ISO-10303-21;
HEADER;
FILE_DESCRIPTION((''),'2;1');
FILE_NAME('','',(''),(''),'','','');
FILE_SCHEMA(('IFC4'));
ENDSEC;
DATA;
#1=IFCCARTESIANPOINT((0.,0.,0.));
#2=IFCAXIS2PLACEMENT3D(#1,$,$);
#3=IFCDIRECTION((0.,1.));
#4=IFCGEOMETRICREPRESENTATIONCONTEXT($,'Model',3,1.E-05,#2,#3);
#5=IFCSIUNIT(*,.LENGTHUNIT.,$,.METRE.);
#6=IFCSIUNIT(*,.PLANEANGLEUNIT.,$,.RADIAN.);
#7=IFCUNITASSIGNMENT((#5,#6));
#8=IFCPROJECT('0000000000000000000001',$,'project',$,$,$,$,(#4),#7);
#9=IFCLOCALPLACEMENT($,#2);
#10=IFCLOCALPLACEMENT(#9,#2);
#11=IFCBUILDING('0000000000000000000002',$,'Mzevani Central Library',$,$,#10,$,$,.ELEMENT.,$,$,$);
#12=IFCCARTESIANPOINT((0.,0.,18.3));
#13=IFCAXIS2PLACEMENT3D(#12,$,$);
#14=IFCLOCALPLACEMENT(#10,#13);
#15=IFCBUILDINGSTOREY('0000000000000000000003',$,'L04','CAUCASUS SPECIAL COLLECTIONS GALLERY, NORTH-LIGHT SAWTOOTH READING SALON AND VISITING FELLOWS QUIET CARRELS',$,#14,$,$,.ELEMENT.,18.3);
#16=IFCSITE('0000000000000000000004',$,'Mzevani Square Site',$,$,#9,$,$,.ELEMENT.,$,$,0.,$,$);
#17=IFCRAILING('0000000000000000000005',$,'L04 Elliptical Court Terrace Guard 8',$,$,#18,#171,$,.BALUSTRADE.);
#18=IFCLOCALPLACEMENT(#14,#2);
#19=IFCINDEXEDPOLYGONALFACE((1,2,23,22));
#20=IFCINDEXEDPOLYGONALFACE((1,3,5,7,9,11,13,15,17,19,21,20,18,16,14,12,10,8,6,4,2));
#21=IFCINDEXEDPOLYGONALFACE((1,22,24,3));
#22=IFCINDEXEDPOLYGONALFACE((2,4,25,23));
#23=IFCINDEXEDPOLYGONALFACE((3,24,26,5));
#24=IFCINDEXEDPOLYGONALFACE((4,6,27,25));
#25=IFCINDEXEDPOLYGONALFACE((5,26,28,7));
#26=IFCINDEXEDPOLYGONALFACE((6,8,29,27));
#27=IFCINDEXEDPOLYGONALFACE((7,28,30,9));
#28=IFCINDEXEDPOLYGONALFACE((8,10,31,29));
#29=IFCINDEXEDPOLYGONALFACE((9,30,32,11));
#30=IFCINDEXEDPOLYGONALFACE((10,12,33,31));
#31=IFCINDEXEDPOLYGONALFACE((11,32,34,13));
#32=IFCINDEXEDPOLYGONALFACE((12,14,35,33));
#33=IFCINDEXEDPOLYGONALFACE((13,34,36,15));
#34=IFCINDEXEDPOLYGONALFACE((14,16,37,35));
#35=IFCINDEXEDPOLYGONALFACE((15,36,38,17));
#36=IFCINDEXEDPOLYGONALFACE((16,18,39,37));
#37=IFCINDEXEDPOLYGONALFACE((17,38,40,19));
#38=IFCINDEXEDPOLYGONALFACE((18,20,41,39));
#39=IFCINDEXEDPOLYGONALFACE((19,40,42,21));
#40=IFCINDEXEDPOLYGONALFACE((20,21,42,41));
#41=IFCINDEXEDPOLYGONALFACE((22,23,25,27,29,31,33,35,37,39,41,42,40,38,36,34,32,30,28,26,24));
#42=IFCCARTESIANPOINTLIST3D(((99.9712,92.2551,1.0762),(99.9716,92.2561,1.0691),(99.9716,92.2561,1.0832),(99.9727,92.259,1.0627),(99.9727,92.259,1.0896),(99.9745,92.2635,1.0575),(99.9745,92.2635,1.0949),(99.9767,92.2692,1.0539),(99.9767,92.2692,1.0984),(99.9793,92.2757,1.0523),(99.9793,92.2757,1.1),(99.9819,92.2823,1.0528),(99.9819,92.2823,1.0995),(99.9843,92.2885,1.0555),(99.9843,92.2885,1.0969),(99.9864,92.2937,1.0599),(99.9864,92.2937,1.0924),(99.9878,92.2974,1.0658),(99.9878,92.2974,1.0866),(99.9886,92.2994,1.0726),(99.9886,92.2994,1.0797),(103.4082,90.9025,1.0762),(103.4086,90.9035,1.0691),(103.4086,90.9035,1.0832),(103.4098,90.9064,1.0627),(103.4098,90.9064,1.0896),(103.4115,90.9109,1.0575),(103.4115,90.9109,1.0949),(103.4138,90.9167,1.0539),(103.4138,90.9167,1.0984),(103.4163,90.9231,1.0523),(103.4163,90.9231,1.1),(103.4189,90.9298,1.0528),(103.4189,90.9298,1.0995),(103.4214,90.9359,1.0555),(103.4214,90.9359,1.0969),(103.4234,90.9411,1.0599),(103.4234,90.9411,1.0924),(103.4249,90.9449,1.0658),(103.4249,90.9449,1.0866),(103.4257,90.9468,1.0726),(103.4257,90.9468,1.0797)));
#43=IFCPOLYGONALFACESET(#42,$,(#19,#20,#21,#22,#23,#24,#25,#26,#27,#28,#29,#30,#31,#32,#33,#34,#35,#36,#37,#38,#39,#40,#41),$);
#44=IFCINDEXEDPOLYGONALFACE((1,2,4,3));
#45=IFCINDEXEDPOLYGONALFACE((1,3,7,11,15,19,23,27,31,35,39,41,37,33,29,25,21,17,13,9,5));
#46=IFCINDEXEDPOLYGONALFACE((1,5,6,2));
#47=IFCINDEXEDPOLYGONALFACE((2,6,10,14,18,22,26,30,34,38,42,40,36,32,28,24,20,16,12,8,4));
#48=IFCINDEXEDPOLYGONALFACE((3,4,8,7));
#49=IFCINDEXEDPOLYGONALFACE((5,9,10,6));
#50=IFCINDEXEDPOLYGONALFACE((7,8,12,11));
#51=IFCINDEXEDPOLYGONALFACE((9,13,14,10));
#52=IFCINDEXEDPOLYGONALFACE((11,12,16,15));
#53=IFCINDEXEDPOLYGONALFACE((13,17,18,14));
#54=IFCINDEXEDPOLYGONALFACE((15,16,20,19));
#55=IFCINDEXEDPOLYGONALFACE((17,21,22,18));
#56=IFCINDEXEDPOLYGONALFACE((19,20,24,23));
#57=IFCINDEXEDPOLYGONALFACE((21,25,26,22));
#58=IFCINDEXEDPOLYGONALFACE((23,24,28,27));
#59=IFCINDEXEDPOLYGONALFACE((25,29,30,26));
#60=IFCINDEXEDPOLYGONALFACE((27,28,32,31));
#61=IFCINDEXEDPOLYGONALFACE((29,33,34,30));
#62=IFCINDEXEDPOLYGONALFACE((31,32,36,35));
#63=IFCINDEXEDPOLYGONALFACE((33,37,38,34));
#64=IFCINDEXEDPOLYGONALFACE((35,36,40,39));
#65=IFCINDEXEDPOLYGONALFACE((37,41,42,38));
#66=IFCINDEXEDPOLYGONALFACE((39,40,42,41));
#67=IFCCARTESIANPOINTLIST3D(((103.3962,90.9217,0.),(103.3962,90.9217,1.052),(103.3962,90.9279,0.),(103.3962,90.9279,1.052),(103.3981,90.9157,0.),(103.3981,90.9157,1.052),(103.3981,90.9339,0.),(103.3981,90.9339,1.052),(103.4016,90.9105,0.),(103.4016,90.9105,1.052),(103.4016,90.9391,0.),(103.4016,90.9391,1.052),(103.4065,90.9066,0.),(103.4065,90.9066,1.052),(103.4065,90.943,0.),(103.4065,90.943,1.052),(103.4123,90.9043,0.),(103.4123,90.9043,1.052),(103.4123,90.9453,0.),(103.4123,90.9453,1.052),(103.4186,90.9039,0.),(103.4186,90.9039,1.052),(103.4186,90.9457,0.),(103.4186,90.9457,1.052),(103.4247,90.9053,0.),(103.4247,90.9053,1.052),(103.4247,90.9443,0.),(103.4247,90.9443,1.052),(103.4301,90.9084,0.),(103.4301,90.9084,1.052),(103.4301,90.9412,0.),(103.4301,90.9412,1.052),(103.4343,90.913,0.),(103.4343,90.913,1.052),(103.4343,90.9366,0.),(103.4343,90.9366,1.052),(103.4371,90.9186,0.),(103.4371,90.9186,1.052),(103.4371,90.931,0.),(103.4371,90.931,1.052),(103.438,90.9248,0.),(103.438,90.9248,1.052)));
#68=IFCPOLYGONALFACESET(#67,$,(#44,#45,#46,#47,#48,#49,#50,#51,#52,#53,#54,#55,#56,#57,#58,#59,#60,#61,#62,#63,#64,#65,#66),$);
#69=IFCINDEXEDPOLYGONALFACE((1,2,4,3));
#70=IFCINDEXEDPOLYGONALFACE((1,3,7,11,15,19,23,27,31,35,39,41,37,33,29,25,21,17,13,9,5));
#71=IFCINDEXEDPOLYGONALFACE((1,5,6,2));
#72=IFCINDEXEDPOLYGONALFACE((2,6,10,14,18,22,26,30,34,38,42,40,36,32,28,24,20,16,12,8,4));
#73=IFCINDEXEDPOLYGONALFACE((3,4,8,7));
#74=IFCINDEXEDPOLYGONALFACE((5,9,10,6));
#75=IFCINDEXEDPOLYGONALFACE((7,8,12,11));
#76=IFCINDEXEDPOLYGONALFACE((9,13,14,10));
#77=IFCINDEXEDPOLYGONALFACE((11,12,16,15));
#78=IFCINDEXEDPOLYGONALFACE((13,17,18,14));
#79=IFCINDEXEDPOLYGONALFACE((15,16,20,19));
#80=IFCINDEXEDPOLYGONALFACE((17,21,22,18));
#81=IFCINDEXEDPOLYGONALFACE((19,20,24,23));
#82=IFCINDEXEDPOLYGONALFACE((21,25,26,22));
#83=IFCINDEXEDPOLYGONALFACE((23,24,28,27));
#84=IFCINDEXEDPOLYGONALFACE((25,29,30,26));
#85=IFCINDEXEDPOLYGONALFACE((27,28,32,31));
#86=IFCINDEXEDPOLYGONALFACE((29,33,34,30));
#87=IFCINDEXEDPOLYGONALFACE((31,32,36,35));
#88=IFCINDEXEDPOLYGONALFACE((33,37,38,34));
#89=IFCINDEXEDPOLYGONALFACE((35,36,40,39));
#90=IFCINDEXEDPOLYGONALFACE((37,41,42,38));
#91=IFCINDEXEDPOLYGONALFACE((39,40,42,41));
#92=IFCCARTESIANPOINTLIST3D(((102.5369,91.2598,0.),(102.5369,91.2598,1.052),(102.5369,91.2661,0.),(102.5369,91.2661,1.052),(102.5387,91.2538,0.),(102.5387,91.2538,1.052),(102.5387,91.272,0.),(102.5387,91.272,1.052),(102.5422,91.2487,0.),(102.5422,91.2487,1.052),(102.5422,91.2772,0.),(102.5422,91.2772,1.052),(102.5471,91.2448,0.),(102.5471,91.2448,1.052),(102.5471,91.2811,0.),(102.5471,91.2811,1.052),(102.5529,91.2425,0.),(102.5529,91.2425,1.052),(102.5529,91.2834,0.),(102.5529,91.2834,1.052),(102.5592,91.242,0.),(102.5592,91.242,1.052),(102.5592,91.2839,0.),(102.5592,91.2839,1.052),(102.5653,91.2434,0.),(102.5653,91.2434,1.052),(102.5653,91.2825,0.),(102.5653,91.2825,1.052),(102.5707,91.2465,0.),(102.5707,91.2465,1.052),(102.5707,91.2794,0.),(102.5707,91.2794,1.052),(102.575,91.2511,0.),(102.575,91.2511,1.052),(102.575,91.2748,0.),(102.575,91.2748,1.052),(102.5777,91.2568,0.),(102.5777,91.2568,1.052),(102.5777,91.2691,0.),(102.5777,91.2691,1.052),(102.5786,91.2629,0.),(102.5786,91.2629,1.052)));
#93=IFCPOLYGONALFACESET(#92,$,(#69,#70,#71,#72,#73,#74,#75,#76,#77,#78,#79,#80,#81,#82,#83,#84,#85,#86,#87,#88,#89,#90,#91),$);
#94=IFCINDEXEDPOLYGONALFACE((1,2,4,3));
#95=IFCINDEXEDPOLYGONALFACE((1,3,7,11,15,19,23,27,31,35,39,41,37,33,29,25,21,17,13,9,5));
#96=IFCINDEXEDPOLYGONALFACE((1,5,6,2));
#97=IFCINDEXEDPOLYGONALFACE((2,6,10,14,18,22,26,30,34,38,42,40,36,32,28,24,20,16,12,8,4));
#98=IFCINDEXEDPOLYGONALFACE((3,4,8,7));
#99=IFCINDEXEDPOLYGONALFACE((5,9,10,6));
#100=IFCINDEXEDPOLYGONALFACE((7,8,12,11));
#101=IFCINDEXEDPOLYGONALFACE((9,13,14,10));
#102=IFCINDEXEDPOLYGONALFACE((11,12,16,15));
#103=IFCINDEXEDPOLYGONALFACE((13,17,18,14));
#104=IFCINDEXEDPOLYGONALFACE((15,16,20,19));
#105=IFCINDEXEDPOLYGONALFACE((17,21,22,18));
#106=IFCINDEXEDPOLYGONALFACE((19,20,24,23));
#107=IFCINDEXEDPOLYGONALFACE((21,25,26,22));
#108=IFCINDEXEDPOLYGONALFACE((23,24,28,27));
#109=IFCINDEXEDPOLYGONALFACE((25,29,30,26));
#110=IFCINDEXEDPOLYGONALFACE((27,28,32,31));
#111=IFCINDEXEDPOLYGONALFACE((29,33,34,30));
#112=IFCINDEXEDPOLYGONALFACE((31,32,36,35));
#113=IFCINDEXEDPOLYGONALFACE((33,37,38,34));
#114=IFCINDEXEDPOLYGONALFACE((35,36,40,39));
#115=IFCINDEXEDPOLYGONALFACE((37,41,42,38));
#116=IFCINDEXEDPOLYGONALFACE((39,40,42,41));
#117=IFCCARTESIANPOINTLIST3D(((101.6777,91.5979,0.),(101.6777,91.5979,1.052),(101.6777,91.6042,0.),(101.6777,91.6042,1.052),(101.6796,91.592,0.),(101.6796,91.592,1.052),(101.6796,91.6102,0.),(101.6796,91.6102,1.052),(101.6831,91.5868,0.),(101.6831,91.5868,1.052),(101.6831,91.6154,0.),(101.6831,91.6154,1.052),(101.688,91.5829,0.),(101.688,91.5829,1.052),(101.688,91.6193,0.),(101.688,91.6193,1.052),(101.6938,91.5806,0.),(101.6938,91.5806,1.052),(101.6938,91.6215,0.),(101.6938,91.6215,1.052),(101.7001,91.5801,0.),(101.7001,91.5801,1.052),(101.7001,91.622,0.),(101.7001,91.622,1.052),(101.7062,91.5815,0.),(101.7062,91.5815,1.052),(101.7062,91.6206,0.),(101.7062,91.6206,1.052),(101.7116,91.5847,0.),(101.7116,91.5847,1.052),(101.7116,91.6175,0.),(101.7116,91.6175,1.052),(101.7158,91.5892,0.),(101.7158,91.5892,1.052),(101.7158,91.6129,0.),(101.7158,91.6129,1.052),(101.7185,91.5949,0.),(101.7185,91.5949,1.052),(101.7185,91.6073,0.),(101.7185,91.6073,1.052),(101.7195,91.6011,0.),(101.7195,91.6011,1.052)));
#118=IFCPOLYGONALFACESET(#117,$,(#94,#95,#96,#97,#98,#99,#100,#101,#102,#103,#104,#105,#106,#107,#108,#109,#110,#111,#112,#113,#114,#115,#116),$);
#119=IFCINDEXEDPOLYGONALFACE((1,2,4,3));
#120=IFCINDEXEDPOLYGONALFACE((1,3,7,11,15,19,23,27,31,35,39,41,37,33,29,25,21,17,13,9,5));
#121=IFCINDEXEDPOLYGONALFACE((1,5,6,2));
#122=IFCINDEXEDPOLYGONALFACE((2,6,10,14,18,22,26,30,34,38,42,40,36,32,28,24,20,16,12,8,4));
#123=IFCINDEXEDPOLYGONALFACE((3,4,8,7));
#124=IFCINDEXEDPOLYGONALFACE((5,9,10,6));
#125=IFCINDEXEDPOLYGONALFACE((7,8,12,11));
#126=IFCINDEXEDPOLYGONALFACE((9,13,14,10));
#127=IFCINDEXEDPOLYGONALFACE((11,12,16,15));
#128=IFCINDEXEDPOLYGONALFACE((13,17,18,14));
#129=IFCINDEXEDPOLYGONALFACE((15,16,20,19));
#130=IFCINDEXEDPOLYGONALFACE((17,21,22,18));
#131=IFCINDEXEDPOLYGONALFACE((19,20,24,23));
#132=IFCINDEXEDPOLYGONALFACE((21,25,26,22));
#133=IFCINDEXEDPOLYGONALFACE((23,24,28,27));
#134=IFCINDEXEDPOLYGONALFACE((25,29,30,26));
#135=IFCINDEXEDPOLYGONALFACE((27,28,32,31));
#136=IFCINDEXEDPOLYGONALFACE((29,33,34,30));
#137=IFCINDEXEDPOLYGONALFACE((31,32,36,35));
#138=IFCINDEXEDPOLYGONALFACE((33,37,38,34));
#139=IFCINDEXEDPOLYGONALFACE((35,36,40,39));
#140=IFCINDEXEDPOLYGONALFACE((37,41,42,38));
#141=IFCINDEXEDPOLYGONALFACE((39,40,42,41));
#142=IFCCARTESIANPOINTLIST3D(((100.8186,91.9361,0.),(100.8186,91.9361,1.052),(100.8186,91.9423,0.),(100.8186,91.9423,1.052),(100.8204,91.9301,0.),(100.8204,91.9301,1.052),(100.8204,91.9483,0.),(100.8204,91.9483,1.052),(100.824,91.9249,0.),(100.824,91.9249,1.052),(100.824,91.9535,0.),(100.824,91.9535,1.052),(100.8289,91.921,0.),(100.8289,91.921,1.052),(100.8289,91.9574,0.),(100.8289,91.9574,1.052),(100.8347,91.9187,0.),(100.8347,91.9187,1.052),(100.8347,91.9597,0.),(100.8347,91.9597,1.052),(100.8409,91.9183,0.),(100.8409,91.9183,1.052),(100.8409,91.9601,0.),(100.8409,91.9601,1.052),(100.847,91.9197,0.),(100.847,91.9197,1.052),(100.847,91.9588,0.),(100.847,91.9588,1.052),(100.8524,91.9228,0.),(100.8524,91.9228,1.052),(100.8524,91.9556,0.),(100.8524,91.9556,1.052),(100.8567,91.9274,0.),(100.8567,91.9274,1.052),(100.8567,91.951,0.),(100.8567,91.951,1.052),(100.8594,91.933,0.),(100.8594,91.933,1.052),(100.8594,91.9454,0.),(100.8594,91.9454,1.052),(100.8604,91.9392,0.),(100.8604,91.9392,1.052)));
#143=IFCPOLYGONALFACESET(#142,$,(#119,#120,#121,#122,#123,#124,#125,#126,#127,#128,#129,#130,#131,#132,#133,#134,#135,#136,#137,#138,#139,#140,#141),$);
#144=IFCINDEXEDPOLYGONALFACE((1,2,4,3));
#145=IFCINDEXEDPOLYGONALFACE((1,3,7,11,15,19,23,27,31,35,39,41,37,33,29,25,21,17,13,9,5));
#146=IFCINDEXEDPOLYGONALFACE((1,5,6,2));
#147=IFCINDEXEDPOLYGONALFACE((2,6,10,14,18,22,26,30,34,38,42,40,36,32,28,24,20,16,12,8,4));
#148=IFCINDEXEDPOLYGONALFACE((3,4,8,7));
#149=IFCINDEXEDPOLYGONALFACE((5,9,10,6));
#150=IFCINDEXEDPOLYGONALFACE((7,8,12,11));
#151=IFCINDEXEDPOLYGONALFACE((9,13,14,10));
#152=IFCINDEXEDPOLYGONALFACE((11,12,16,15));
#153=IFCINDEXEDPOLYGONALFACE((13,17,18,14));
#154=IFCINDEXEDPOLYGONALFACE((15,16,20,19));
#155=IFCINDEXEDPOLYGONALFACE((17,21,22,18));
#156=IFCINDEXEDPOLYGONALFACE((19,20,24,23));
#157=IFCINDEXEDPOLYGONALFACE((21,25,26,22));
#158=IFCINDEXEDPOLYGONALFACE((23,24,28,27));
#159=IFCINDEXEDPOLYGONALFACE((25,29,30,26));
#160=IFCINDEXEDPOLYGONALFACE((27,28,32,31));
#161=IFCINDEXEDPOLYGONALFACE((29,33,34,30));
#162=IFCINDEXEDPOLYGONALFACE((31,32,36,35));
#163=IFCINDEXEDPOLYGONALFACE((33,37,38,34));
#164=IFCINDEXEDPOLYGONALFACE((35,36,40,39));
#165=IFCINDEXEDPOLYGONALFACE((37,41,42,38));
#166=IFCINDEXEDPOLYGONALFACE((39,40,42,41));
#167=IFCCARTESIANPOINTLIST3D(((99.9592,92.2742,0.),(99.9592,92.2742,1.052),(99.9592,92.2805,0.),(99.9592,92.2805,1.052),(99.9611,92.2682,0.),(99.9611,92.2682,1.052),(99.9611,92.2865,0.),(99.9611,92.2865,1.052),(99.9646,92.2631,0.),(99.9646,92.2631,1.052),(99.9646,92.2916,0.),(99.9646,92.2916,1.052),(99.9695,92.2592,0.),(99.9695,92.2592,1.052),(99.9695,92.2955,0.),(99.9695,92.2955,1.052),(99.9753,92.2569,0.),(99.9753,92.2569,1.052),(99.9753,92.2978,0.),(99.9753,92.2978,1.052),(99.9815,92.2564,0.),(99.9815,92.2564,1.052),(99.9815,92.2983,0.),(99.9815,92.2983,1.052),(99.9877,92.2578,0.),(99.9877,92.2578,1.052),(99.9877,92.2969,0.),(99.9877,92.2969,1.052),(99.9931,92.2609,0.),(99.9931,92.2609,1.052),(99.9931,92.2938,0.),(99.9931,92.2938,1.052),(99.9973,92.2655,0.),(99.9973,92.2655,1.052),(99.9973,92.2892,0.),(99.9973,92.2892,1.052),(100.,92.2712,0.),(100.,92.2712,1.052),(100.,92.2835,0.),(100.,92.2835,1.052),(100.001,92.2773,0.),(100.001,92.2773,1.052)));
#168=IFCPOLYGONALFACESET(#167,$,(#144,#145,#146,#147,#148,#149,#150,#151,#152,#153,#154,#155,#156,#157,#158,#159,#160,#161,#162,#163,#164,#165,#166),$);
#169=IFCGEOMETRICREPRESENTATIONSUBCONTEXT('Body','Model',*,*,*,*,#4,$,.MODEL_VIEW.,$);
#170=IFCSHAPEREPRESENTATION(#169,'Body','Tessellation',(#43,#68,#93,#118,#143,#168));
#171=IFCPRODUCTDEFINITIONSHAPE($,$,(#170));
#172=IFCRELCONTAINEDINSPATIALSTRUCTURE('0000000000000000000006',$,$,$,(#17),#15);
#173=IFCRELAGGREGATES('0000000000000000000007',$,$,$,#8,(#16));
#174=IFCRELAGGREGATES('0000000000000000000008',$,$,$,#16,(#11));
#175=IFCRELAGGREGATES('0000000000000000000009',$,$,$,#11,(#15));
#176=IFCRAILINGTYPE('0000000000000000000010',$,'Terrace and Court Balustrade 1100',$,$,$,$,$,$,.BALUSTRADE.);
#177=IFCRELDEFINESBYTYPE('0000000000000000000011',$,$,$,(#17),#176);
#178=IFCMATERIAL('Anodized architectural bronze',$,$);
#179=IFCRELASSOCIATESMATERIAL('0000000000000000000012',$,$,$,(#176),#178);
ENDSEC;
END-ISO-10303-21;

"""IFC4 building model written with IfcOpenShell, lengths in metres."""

from ifc_helpers import new_model, si_unit, direction, frame, origin, origin_2d, place, context, subcontext, project, spatial, circle, extrude, material, type_object, element, save


model = new_model("IFC4")

# Units and contexts
model_context = context("Model", 3, precision=1e-05, world=origin(), true_north=direction((0.0, 1.0)))
body_context = subcontext(model_context, "Body", "Model", "MODEL_VIEW")
ifc_project = project(units=[si_unit("LENGTHUNIT", "METRE"), si_unit("PLANEANGLEUNIT", "RADIAN")], contexts=[model_context])

# Site, building, storey
site_placement = place(None, origin())
site = spatial("IfcSite", under=ifc_project, at=site_placement, Name="Mzevani Square Site", CompositionType="ELEMENT", RefElevation=0.0)
building_placement = place(site_placement, origin())
building = spatial("IfcBuilding", under=site, at=building_placement, Name="Mzevani Central Library", CompositionType="ELEMENT")
storey_placement = place(building_placement, frame((0.0, 0.0, 18.3)))
storey = spatial("IfcBuildingStorey", under=building, at=storey_placement, Name="L04", Description="CAUCASUS SPECIAL COLLECTIONS GALLERY, NORTH-LIGHT SAWTOOTH READING SALON AND VISITING FELLOWS QUIET CARRELS", CompositionType="ELEMENT", Elevation=18.3)

# Railing
ifc_material_1 = material(Name="Anodized architectural bronze")
railing_type = type_object("IfcRailingType", Name="Terrace and Court Balustrade 1100", PredefinedType="BALUSTRADE", material=ifc_material_1)
railing_1_placement = place(storey_placement, frame((103.417, 90.9248, 0.0)))
element("IfcRailing", 1, at=railing_1_placement, inside=storey, type_object=railing_type, Name="L04 Elliptical Court Terrace Guard 8", PredefinedType="BALUSTRADE", context=body_context, shape_type="SweptSolid", body=[
    extrude(circle(Radius=0.0239, at=origin_2d()), frame((0.0, 0.0, 1.0762), z_axis=(-0.930541, 0.366188, 0.0), x_axis=(-0.366188, -0.930541, 0.0)), (0.0, 0.0, 1.0), 3.6936),
    extrude(circle(Radius=0.021, at=origin_2d()), origin(), (0.0, 0.0, 1.0), 1.052),
    extrude(circle(Radius=0.021, at=origin_2d()), frame((-0.8594, 0.3381, 0.0)), (0.0, 0.0, 1.0), 1.052),
    extrude(circle(Radius=0.021, at=origin_2d()), frame((-1.7185, 0.6763, 0.0)), (0.0, 0.0, 1.0), 1.052),
    extrude(circle(Radius=0.021, at=origin_2d()), frame((-2.5776, 1.0144, 0.0)), (0.0, 0.0, 1.0), 1.052),
    extrude(circle(Radius=0.021, at=origin_2d()), frame((-3.437, 1.3525, 0.0)), (0.0, 0.0, 1.0), 1.052),
])

save(model, "model.ifc")
